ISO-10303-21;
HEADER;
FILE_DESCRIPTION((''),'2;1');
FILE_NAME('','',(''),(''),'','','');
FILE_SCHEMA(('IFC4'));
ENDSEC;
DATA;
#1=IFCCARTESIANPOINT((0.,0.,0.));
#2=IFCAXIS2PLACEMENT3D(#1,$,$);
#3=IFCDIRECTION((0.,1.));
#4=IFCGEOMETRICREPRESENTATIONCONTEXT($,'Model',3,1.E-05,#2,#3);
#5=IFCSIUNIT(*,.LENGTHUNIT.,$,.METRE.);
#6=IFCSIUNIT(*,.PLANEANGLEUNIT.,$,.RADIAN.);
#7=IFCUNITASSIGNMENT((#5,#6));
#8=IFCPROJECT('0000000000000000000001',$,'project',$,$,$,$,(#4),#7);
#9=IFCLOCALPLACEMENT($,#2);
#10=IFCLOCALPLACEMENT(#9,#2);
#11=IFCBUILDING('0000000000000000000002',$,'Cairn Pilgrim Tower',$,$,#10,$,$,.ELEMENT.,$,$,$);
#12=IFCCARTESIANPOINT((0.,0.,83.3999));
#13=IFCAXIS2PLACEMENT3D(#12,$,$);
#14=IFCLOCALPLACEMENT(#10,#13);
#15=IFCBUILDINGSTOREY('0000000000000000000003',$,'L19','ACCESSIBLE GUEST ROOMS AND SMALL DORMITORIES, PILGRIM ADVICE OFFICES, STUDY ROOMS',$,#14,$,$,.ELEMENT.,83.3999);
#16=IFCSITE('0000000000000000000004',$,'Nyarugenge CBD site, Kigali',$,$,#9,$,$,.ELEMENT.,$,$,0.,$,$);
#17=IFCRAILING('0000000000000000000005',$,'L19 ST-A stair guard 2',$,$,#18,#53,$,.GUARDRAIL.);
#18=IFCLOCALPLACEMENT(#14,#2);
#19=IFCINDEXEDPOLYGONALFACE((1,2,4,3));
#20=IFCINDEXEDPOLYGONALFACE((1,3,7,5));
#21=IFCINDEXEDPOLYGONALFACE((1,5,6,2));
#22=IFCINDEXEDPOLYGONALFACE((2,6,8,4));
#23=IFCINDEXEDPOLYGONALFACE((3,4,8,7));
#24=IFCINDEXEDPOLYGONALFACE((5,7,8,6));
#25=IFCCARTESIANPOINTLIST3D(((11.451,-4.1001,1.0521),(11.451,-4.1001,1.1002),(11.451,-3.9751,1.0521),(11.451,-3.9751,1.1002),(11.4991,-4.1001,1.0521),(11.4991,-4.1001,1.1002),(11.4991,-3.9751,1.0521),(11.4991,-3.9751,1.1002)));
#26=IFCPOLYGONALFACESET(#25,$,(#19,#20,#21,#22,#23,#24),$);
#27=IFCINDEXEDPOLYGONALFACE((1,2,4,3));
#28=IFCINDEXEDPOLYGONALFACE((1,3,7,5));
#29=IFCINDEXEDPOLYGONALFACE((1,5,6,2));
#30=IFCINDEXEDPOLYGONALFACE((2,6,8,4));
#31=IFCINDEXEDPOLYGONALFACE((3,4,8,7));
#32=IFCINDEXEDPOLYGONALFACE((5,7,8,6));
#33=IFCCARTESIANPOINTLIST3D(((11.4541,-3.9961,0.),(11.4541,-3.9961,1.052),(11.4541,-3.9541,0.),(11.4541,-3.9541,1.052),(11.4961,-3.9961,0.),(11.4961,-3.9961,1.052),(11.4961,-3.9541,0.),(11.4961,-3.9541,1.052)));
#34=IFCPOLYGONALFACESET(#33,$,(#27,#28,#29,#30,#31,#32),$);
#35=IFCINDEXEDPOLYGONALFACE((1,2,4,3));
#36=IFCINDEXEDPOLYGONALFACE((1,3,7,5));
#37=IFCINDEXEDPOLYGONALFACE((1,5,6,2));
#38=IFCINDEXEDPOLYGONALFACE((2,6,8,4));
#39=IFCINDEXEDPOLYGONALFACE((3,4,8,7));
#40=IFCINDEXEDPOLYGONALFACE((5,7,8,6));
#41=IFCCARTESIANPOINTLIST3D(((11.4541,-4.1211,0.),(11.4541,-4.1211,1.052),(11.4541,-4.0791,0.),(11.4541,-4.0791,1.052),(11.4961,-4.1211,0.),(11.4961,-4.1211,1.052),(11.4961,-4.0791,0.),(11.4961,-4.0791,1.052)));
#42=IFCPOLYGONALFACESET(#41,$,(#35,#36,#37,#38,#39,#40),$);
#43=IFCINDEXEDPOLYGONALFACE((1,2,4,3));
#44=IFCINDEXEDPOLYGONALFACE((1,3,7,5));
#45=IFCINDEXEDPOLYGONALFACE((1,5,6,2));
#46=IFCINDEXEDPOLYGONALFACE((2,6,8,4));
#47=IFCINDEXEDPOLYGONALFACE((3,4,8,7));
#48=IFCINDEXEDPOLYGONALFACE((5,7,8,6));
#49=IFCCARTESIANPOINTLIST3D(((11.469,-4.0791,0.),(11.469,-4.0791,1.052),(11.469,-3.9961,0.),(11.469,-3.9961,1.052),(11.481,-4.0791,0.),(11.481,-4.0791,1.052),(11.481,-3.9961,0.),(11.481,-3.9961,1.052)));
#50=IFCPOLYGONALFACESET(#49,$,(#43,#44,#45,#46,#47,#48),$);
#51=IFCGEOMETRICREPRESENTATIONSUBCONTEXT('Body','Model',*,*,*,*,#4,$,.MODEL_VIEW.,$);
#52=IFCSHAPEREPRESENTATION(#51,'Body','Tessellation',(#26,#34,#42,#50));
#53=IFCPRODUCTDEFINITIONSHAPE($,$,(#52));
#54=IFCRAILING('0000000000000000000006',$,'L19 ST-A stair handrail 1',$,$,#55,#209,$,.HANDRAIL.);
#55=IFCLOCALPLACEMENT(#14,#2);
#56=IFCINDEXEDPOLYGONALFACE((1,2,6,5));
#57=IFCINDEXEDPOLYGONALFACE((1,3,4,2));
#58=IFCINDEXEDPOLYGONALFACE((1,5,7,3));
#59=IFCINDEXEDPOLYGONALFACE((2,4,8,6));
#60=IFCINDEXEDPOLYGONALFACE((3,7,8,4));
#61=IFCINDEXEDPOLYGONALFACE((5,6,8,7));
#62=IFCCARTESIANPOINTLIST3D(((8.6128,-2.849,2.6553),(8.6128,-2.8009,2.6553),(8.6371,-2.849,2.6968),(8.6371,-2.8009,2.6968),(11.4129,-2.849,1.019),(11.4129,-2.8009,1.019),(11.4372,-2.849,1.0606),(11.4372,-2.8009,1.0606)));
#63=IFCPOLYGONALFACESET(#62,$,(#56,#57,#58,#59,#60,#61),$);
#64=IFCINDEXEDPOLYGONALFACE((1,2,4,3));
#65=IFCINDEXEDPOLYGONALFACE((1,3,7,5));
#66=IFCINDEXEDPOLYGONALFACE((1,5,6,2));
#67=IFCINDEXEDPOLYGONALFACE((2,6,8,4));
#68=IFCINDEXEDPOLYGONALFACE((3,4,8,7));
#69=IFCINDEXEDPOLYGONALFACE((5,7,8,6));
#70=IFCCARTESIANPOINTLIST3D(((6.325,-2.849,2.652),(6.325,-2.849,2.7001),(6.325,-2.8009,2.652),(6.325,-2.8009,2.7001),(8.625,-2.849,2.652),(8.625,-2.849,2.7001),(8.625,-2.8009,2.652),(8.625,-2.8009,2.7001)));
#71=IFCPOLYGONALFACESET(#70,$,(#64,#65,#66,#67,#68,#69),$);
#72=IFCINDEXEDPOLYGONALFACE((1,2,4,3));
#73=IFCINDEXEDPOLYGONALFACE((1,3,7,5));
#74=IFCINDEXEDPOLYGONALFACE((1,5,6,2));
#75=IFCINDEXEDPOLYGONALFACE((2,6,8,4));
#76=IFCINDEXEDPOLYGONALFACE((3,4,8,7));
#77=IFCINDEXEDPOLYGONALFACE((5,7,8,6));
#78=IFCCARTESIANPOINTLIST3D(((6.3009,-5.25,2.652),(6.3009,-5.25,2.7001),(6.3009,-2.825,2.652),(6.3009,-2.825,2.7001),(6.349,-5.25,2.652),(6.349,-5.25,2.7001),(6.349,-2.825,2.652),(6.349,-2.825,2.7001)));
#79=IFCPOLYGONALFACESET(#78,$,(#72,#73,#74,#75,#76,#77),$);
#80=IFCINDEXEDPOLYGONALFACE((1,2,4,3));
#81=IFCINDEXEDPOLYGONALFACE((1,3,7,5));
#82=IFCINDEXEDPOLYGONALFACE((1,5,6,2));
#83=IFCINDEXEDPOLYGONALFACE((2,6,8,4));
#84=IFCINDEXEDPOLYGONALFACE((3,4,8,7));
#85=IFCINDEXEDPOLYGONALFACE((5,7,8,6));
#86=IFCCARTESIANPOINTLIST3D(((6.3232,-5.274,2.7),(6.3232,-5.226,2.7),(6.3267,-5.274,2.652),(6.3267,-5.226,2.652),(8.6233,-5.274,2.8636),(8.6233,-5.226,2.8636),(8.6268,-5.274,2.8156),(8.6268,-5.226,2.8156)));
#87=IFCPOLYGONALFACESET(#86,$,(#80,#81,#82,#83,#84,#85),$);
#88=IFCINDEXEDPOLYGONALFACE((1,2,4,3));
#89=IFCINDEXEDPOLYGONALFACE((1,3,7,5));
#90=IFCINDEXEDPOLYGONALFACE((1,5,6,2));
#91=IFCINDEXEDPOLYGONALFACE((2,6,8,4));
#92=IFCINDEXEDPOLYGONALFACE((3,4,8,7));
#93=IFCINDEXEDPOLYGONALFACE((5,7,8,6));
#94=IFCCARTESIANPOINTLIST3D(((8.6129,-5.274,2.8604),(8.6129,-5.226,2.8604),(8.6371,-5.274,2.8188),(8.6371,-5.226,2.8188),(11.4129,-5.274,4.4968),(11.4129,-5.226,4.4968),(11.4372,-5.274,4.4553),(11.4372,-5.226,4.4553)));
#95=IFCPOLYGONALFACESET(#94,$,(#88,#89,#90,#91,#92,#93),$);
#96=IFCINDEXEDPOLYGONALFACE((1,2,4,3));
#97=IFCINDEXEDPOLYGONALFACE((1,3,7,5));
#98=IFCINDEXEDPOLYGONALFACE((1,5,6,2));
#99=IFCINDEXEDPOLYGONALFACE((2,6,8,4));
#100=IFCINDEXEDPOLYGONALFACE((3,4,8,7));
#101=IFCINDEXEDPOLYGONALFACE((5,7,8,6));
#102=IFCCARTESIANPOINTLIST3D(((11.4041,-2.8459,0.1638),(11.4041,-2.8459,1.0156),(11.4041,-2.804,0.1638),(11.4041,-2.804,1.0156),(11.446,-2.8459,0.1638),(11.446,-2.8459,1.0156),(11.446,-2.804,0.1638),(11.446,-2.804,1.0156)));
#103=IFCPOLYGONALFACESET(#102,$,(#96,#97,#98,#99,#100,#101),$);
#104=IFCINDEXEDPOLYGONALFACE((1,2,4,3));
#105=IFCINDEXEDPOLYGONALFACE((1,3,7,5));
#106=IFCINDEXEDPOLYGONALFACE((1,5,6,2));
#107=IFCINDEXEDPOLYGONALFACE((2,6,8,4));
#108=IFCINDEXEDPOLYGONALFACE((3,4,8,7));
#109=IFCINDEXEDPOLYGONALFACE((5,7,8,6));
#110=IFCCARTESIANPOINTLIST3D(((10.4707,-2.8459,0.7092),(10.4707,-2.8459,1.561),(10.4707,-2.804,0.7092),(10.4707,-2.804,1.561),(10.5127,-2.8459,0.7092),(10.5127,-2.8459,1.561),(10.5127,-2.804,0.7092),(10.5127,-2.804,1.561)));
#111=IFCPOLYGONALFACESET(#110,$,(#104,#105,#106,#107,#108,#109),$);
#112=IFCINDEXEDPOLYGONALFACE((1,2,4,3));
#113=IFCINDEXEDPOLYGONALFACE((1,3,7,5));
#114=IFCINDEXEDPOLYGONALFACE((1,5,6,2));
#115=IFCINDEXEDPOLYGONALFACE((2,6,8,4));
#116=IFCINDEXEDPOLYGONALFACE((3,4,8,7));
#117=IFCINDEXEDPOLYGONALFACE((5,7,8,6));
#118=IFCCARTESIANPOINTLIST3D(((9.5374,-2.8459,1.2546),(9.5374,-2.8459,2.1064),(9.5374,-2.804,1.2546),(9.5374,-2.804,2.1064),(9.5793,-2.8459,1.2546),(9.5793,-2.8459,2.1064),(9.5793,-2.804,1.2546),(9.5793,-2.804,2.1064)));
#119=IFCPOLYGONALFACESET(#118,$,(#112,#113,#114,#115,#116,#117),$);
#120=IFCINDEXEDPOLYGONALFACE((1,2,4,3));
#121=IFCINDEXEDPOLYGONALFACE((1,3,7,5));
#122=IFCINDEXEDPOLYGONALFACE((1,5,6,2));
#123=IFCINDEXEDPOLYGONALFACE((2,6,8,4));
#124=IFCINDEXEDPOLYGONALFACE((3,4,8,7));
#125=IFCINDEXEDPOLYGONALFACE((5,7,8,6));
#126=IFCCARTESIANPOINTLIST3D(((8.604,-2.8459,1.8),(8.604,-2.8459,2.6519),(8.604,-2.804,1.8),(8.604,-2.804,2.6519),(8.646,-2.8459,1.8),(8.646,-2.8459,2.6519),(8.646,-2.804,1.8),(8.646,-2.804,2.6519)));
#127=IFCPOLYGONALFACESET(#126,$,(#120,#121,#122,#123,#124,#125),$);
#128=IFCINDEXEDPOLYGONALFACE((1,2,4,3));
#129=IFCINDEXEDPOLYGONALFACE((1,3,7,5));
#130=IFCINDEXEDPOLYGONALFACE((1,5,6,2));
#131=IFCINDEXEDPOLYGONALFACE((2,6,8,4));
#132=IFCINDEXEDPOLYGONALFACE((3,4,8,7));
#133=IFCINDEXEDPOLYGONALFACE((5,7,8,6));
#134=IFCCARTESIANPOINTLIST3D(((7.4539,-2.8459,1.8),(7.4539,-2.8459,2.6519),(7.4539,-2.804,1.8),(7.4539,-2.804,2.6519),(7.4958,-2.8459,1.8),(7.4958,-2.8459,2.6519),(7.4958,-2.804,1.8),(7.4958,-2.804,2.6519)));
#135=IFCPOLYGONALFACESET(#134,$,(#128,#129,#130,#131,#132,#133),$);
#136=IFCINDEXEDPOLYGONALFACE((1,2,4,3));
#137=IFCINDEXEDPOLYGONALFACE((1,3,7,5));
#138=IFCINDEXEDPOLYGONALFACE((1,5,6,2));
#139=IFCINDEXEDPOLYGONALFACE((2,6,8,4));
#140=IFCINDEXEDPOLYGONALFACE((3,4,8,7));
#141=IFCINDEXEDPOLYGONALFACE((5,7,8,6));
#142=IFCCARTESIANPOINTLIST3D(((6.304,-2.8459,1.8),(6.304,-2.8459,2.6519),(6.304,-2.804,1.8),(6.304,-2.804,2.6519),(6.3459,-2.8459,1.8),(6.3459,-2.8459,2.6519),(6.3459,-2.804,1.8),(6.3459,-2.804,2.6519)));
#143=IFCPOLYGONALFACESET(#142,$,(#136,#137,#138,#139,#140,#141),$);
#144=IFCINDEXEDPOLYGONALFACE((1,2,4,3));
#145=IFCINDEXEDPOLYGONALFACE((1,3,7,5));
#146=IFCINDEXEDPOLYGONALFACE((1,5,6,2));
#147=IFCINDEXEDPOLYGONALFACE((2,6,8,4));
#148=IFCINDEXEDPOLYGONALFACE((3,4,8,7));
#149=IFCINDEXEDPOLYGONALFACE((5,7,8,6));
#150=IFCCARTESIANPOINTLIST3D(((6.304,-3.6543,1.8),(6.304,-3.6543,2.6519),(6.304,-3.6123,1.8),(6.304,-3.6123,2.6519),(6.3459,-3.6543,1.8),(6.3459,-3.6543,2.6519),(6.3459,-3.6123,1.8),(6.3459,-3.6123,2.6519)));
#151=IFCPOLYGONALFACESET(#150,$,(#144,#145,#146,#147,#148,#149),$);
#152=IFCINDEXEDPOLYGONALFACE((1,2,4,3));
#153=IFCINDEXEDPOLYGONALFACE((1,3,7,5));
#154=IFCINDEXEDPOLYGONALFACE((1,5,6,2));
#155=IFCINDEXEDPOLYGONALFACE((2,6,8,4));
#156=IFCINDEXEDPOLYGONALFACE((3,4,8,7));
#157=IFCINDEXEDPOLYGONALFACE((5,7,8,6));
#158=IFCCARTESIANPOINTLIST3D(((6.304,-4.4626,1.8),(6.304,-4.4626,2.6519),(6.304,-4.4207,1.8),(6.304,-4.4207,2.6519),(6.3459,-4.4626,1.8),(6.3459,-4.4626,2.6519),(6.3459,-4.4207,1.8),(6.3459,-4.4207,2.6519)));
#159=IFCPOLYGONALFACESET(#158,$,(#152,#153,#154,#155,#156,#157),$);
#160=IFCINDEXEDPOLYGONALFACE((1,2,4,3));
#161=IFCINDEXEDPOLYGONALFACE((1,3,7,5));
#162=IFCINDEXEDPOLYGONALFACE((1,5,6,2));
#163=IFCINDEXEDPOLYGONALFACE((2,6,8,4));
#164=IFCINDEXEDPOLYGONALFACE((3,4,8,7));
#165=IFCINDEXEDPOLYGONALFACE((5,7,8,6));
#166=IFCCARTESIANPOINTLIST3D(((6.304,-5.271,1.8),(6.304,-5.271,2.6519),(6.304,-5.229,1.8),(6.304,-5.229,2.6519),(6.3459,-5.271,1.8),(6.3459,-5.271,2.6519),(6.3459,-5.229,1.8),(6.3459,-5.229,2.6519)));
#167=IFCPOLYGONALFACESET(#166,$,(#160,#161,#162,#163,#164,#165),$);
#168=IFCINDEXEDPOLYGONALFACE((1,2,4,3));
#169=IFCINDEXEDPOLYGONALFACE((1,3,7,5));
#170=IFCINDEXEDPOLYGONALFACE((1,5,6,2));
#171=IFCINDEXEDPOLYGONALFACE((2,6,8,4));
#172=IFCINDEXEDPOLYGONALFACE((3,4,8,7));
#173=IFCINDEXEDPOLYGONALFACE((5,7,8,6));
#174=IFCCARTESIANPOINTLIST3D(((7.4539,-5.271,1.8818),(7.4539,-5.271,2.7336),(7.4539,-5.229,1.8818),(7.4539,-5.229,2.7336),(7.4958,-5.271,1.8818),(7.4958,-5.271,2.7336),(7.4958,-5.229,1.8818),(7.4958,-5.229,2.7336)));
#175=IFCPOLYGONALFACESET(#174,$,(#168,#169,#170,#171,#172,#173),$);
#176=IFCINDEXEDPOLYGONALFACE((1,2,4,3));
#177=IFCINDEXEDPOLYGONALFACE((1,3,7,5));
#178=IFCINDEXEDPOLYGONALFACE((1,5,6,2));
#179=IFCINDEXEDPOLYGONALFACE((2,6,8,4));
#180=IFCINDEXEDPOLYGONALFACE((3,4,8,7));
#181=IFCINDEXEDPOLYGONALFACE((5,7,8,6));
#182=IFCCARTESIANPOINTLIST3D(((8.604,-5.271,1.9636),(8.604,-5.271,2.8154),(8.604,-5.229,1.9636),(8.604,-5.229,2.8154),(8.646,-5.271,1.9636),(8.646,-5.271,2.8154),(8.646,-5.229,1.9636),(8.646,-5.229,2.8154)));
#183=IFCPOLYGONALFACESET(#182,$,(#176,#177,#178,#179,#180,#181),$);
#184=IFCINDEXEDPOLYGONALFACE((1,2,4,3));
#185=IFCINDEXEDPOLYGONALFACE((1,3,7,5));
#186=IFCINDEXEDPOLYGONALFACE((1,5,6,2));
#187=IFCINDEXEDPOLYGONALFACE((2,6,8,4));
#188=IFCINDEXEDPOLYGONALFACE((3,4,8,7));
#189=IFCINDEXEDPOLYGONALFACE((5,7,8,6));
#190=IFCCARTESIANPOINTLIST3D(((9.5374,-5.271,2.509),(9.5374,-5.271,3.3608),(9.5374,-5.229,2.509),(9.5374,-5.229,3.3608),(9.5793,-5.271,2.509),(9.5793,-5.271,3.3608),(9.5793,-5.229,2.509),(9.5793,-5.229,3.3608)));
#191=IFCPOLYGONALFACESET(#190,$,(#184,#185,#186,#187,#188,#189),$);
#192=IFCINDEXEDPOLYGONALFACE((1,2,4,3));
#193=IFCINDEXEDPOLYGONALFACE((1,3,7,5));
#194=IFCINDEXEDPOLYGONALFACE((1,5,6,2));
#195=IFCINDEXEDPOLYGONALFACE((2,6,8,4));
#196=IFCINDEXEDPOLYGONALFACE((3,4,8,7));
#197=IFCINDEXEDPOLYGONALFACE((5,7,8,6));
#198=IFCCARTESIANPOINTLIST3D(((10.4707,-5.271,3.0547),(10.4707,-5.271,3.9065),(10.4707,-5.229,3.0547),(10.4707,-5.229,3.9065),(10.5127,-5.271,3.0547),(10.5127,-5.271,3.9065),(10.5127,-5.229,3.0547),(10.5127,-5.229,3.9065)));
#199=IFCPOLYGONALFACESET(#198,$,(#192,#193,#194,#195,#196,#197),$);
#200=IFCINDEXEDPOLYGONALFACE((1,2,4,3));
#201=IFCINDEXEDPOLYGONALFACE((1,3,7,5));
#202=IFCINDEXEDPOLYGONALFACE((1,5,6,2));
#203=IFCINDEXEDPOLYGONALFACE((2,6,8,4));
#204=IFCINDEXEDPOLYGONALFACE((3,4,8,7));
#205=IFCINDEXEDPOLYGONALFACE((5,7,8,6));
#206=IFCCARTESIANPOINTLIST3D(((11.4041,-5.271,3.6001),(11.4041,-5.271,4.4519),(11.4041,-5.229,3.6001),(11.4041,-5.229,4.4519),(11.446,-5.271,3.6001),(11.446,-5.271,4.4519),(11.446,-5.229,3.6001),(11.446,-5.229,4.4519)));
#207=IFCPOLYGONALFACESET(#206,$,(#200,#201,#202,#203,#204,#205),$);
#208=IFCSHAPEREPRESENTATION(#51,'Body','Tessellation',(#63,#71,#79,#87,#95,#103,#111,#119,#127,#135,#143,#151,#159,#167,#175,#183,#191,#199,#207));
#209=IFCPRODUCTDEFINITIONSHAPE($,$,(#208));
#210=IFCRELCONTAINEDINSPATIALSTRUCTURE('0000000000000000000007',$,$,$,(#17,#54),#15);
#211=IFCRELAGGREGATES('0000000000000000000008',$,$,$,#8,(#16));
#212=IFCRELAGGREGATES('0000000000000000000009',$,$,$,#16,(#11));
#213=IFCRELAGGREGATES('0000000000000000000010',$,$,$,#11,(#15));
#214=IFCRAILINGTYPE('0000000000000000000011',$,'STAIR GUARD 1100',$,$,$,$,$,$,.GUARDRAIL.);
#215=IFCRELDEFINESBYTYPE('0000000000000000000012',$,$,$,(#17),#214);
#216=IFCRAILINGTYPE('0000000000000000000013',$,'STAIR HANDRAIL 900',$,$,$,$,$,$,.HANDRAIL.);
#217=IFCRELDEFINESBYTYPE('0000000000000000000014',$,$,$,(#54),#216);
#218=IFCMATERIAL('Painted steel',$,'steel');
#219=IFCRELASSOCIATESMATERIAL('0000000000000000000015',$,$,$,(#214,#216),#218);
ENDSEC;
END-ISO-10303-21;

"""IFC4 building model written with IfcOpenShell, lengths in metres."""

from ifc_helpers import new_model, si_unit, direction, frame, origin, origin_2d, place, context, subcontext, project, spatial, polyline, rectangle, outline, extrude, material, type_object, element, save


model = new_model("IFC4")

# Units and contexts
model_context = context("Model", 3, precision=1e-05, world=origin(), true_north=direction((0.0, 1.0)))
body_context = subcontext(model_context, "Body", "Model", "MODEL_VIEW")
ifc_project = project(units=[si_unit("LENGTHUNIT", "METRE"), si_unit("PLANEANGLEUNIT", "RADIAN")], contexts=[model_context])

# Site, building, storey
site_placement = place(None, origin())
site = spatial("IfcSite", under=ifc_project, at=site_placement, Name="Nyarugenge CBD site, Kigali", CompositionType="ELEMENT", RefElevation=0.0)
building_placement = place(site_placement, origin())
building = spatial("IfcBuilding", under=site, at=building_placement, Name="Cairn Pilgrim Tower", CompositionType="ELEMENT")
storey_placement = place(building_placement, frame((0.0, 0.0, 83.3999)))
storey = spatial("IfcBuildingStorey", under=building, at=storey_placement, Name="L19", Description="ACCESSIBLE GUEST ROOMS AND SMALL DORMITORIES, PILGRIM ADVICE OFFICES, STUDY ROOMS", CompositionType="ELEMENT", Elevation=83.3999)

# Shared definitions
ifc_material_1 = material(Name="Painted steel", Category="steel")

# Railings
railing_type_1 = type_object("IfcRailingType", Name="STAIR GUARD 1100", PredefinedType="GUARDRAIL", material=ifc_material_1)
railing_1_placement = place(storey_placement, frame((11.4751, -3.9751, 0.0)))
element("IfcRailing", 1, at=railing_1_placement, inside=storey, type_object=railing_type_1, Name="L19 ST-A stair guard 2", PredefinedType="GUARDRAIL", context=body_context, shape_type="SweptSolid", body=[
    extrude(rectangle(XDim=0.0481, YDim=0.0481, at=origin_2d()), frame((0.0, 0.0, 1.0762), z_axis=(0.0, -1.0, 0.0), x_axis=(1.0, 0.0, 0.0)), (0.0, 0.0, 1.0), 0.125),
    extrude(rectangle(XDim=0.042, YDim=0.042, at=origin_2d()), origin(), (0.0, 0.0, 1.0), 1.052),
    extrude(rectangle(XDim=0.042, YDim=0.042, at=origin_2d()), frame((0.0, -0.125, 0.0)), (0.0, 0.0, 1.0), 1.052),
    extrude(outline(polyline([(0.021, 0.0), (0.104, 0.0), (0.104, 1.052), (0.021, 1.052), (0.021, 0.0)])), frame((0.0059, 0.0, 0.0), z_axis=(-1.0, 0.0, 0.0), x_axis=(0.0, -1.0, 0.0)), (0.0, 0.0, 1.0), 0.012),
])
railing_type_2 = type_object("IfcRailingType", Name="STAIR HANDRAIL 900", PredefinedType="HANDRAIL", material=ifc_material_1)
railing_2_placement = place(storey_placement, frame((11.425, -2.825, 0.1638)))
element("IfcRailing", 2, at=railing_2_placement, inside=storey, type_object=railing_type_2, Name="L19 ST-A stair handrail 1", PredefinedType="HANDRAIL", context=body_context, shape_type="SweptSolid", body=[
    extrude(rectangle(XDim=0.0481, YDim=0.0481, at=origin_2d()), frame((0.0, 0.0, 0.876), z_axis=(-0.863394, 0.0, 0.504531), x_axis=(0.0, -1.0, 0.0)), (0.0, 0.0, 1.0), 3.2432),
    extrude(rectangle(XDim=0.0481, YDim=0.0481, at=origin_2d()), frame((-2.8, 0.0, 2.5122), z_axis=(-1.0, 0.0, 0.0), x_axis=(0.0, -1.0, 0.0)), (0.0, 0.0, 1.0), 2.3),
    extrude(rectangle(XDim=0.0481, YDim=0.0481, at=origin_2d()), frame((-5.1001, 0.0, 2.5122), z_axis=(0.0, -1.0, 0.0), x_axis=(1.0, 0.0, 0.0)), (0.0, 0.0, 1.0), 2.425),
    extrude(rectangle(XDim=0.0481, YDim=0.0481, at=origin_2d()), frame((-5.1001, -2.425, 2.5122), z_axis=(0.997481, 0.0, 0.070939), x_axis=(0.0, 1.0, 0.0)), (0.0, 0.0, 1.0), 2.3059),
    extrude(rectangle(XDim=0.0481, YDim=0.0481, at=origin_2d()), frame((-2.8, -2.425, 2.6758), z_axis=(0.863361, 0.0, 0.504587), x_axis=(0.0, 1.0, 0.0)), (0.0, 0.0, 1.0), 3.2432),
    extrude(rectangle(XDim=0.042, YDim=0.042, at=origin_2d()), origin(), (0.0, 0.0, 1.0), 0.8518),
    extrude(rectangle(XDim=0.042, YDim=0.042, at=origin_2d()), frame((-0.9333, 0.0, 0.5454)), (0.0, 0.0, 1.0), 0.8518),
    extrude(rectangle(XDim=0.042, YDim=0.042, at=origin_2d()), frame((-1.8667, 0.0, 1.0908)), (0.0, 0.0, 1.0), 0.8518),
    extrude(rectangle(XDim=0.042, YDim=0.042, at=origin_2d()), frame((-2.8, 0.0, 1.6362)), (0.0, 0.0, 1.0), 0.8518),
    extrude(rectangle(XDim=0.042, YDim=0.042, at=origin_2d()), frame((-3.9502, 0.0, 1.6362)), (0.0, 0.0, 1.0), 0.8518),
    extrude(rectangle(XDim=0.042, YDim=0.042, at=origin_2d()), frame((-5.1001, 0.0, 1.6362)), (0.0, 0.0, 1.0), 0.8518),
    extrude(rectangle(XDim=0.042, YDim=0.042, at=origin_2d()), frame((-5.1001, -0.8083, 1.6362)), (0.0, 0.0, 1.0), 0.8518),
    extrude(rectangle(XDim=0.042, YDim=0.042, at=origin_2d()), frame((-5.1001, -1.6167, 1.6362)), (0.0, 0.0, 1.0), 0.8518),
    extrude(rectangle(XDim=0.042, YDim=0.042, at=origin_2d()), frame((-5.1001, -2.425, 1.6362)), (0.0, 0.0, 1.0), 0.8518),
    extrude(rectangle(XDim=0.042, YDim=0.042, at=origin_2d()), frame((-3.9502, -2.425, 1.718)), (0.0, 0.0, 1.0), 0.8518),
    extrude(rectangle(XDim=0.042, YDim=0.042, at=origin_2d()), frame((-2.8, -2.425, 1.7998)), (0.0, 0.0, 1.0), 0.8518),
    extrude(rectangle(XDim=0.042, YDim=0.042, at=origin_2d()), frame((-1.8667, -2.425, 2.3452)), (0.0, 0.0, 1.0), 0.8518),
    extrude(rectangle(XDim=0.042, YDim=0.042, at=origin_2d()), frame((-0.9333, -2.425, 2.8909)), (0.0, 0.0, 1.0), 0.8518),
    extrude(rectangle(XDim=0.042, YDim=0.042, at=origin_2d()), frame((0.0, -2.425, 3.4363)), (0.0, 0.0, 1.0), 0.8518),
])

save(model, "model.ifc")
